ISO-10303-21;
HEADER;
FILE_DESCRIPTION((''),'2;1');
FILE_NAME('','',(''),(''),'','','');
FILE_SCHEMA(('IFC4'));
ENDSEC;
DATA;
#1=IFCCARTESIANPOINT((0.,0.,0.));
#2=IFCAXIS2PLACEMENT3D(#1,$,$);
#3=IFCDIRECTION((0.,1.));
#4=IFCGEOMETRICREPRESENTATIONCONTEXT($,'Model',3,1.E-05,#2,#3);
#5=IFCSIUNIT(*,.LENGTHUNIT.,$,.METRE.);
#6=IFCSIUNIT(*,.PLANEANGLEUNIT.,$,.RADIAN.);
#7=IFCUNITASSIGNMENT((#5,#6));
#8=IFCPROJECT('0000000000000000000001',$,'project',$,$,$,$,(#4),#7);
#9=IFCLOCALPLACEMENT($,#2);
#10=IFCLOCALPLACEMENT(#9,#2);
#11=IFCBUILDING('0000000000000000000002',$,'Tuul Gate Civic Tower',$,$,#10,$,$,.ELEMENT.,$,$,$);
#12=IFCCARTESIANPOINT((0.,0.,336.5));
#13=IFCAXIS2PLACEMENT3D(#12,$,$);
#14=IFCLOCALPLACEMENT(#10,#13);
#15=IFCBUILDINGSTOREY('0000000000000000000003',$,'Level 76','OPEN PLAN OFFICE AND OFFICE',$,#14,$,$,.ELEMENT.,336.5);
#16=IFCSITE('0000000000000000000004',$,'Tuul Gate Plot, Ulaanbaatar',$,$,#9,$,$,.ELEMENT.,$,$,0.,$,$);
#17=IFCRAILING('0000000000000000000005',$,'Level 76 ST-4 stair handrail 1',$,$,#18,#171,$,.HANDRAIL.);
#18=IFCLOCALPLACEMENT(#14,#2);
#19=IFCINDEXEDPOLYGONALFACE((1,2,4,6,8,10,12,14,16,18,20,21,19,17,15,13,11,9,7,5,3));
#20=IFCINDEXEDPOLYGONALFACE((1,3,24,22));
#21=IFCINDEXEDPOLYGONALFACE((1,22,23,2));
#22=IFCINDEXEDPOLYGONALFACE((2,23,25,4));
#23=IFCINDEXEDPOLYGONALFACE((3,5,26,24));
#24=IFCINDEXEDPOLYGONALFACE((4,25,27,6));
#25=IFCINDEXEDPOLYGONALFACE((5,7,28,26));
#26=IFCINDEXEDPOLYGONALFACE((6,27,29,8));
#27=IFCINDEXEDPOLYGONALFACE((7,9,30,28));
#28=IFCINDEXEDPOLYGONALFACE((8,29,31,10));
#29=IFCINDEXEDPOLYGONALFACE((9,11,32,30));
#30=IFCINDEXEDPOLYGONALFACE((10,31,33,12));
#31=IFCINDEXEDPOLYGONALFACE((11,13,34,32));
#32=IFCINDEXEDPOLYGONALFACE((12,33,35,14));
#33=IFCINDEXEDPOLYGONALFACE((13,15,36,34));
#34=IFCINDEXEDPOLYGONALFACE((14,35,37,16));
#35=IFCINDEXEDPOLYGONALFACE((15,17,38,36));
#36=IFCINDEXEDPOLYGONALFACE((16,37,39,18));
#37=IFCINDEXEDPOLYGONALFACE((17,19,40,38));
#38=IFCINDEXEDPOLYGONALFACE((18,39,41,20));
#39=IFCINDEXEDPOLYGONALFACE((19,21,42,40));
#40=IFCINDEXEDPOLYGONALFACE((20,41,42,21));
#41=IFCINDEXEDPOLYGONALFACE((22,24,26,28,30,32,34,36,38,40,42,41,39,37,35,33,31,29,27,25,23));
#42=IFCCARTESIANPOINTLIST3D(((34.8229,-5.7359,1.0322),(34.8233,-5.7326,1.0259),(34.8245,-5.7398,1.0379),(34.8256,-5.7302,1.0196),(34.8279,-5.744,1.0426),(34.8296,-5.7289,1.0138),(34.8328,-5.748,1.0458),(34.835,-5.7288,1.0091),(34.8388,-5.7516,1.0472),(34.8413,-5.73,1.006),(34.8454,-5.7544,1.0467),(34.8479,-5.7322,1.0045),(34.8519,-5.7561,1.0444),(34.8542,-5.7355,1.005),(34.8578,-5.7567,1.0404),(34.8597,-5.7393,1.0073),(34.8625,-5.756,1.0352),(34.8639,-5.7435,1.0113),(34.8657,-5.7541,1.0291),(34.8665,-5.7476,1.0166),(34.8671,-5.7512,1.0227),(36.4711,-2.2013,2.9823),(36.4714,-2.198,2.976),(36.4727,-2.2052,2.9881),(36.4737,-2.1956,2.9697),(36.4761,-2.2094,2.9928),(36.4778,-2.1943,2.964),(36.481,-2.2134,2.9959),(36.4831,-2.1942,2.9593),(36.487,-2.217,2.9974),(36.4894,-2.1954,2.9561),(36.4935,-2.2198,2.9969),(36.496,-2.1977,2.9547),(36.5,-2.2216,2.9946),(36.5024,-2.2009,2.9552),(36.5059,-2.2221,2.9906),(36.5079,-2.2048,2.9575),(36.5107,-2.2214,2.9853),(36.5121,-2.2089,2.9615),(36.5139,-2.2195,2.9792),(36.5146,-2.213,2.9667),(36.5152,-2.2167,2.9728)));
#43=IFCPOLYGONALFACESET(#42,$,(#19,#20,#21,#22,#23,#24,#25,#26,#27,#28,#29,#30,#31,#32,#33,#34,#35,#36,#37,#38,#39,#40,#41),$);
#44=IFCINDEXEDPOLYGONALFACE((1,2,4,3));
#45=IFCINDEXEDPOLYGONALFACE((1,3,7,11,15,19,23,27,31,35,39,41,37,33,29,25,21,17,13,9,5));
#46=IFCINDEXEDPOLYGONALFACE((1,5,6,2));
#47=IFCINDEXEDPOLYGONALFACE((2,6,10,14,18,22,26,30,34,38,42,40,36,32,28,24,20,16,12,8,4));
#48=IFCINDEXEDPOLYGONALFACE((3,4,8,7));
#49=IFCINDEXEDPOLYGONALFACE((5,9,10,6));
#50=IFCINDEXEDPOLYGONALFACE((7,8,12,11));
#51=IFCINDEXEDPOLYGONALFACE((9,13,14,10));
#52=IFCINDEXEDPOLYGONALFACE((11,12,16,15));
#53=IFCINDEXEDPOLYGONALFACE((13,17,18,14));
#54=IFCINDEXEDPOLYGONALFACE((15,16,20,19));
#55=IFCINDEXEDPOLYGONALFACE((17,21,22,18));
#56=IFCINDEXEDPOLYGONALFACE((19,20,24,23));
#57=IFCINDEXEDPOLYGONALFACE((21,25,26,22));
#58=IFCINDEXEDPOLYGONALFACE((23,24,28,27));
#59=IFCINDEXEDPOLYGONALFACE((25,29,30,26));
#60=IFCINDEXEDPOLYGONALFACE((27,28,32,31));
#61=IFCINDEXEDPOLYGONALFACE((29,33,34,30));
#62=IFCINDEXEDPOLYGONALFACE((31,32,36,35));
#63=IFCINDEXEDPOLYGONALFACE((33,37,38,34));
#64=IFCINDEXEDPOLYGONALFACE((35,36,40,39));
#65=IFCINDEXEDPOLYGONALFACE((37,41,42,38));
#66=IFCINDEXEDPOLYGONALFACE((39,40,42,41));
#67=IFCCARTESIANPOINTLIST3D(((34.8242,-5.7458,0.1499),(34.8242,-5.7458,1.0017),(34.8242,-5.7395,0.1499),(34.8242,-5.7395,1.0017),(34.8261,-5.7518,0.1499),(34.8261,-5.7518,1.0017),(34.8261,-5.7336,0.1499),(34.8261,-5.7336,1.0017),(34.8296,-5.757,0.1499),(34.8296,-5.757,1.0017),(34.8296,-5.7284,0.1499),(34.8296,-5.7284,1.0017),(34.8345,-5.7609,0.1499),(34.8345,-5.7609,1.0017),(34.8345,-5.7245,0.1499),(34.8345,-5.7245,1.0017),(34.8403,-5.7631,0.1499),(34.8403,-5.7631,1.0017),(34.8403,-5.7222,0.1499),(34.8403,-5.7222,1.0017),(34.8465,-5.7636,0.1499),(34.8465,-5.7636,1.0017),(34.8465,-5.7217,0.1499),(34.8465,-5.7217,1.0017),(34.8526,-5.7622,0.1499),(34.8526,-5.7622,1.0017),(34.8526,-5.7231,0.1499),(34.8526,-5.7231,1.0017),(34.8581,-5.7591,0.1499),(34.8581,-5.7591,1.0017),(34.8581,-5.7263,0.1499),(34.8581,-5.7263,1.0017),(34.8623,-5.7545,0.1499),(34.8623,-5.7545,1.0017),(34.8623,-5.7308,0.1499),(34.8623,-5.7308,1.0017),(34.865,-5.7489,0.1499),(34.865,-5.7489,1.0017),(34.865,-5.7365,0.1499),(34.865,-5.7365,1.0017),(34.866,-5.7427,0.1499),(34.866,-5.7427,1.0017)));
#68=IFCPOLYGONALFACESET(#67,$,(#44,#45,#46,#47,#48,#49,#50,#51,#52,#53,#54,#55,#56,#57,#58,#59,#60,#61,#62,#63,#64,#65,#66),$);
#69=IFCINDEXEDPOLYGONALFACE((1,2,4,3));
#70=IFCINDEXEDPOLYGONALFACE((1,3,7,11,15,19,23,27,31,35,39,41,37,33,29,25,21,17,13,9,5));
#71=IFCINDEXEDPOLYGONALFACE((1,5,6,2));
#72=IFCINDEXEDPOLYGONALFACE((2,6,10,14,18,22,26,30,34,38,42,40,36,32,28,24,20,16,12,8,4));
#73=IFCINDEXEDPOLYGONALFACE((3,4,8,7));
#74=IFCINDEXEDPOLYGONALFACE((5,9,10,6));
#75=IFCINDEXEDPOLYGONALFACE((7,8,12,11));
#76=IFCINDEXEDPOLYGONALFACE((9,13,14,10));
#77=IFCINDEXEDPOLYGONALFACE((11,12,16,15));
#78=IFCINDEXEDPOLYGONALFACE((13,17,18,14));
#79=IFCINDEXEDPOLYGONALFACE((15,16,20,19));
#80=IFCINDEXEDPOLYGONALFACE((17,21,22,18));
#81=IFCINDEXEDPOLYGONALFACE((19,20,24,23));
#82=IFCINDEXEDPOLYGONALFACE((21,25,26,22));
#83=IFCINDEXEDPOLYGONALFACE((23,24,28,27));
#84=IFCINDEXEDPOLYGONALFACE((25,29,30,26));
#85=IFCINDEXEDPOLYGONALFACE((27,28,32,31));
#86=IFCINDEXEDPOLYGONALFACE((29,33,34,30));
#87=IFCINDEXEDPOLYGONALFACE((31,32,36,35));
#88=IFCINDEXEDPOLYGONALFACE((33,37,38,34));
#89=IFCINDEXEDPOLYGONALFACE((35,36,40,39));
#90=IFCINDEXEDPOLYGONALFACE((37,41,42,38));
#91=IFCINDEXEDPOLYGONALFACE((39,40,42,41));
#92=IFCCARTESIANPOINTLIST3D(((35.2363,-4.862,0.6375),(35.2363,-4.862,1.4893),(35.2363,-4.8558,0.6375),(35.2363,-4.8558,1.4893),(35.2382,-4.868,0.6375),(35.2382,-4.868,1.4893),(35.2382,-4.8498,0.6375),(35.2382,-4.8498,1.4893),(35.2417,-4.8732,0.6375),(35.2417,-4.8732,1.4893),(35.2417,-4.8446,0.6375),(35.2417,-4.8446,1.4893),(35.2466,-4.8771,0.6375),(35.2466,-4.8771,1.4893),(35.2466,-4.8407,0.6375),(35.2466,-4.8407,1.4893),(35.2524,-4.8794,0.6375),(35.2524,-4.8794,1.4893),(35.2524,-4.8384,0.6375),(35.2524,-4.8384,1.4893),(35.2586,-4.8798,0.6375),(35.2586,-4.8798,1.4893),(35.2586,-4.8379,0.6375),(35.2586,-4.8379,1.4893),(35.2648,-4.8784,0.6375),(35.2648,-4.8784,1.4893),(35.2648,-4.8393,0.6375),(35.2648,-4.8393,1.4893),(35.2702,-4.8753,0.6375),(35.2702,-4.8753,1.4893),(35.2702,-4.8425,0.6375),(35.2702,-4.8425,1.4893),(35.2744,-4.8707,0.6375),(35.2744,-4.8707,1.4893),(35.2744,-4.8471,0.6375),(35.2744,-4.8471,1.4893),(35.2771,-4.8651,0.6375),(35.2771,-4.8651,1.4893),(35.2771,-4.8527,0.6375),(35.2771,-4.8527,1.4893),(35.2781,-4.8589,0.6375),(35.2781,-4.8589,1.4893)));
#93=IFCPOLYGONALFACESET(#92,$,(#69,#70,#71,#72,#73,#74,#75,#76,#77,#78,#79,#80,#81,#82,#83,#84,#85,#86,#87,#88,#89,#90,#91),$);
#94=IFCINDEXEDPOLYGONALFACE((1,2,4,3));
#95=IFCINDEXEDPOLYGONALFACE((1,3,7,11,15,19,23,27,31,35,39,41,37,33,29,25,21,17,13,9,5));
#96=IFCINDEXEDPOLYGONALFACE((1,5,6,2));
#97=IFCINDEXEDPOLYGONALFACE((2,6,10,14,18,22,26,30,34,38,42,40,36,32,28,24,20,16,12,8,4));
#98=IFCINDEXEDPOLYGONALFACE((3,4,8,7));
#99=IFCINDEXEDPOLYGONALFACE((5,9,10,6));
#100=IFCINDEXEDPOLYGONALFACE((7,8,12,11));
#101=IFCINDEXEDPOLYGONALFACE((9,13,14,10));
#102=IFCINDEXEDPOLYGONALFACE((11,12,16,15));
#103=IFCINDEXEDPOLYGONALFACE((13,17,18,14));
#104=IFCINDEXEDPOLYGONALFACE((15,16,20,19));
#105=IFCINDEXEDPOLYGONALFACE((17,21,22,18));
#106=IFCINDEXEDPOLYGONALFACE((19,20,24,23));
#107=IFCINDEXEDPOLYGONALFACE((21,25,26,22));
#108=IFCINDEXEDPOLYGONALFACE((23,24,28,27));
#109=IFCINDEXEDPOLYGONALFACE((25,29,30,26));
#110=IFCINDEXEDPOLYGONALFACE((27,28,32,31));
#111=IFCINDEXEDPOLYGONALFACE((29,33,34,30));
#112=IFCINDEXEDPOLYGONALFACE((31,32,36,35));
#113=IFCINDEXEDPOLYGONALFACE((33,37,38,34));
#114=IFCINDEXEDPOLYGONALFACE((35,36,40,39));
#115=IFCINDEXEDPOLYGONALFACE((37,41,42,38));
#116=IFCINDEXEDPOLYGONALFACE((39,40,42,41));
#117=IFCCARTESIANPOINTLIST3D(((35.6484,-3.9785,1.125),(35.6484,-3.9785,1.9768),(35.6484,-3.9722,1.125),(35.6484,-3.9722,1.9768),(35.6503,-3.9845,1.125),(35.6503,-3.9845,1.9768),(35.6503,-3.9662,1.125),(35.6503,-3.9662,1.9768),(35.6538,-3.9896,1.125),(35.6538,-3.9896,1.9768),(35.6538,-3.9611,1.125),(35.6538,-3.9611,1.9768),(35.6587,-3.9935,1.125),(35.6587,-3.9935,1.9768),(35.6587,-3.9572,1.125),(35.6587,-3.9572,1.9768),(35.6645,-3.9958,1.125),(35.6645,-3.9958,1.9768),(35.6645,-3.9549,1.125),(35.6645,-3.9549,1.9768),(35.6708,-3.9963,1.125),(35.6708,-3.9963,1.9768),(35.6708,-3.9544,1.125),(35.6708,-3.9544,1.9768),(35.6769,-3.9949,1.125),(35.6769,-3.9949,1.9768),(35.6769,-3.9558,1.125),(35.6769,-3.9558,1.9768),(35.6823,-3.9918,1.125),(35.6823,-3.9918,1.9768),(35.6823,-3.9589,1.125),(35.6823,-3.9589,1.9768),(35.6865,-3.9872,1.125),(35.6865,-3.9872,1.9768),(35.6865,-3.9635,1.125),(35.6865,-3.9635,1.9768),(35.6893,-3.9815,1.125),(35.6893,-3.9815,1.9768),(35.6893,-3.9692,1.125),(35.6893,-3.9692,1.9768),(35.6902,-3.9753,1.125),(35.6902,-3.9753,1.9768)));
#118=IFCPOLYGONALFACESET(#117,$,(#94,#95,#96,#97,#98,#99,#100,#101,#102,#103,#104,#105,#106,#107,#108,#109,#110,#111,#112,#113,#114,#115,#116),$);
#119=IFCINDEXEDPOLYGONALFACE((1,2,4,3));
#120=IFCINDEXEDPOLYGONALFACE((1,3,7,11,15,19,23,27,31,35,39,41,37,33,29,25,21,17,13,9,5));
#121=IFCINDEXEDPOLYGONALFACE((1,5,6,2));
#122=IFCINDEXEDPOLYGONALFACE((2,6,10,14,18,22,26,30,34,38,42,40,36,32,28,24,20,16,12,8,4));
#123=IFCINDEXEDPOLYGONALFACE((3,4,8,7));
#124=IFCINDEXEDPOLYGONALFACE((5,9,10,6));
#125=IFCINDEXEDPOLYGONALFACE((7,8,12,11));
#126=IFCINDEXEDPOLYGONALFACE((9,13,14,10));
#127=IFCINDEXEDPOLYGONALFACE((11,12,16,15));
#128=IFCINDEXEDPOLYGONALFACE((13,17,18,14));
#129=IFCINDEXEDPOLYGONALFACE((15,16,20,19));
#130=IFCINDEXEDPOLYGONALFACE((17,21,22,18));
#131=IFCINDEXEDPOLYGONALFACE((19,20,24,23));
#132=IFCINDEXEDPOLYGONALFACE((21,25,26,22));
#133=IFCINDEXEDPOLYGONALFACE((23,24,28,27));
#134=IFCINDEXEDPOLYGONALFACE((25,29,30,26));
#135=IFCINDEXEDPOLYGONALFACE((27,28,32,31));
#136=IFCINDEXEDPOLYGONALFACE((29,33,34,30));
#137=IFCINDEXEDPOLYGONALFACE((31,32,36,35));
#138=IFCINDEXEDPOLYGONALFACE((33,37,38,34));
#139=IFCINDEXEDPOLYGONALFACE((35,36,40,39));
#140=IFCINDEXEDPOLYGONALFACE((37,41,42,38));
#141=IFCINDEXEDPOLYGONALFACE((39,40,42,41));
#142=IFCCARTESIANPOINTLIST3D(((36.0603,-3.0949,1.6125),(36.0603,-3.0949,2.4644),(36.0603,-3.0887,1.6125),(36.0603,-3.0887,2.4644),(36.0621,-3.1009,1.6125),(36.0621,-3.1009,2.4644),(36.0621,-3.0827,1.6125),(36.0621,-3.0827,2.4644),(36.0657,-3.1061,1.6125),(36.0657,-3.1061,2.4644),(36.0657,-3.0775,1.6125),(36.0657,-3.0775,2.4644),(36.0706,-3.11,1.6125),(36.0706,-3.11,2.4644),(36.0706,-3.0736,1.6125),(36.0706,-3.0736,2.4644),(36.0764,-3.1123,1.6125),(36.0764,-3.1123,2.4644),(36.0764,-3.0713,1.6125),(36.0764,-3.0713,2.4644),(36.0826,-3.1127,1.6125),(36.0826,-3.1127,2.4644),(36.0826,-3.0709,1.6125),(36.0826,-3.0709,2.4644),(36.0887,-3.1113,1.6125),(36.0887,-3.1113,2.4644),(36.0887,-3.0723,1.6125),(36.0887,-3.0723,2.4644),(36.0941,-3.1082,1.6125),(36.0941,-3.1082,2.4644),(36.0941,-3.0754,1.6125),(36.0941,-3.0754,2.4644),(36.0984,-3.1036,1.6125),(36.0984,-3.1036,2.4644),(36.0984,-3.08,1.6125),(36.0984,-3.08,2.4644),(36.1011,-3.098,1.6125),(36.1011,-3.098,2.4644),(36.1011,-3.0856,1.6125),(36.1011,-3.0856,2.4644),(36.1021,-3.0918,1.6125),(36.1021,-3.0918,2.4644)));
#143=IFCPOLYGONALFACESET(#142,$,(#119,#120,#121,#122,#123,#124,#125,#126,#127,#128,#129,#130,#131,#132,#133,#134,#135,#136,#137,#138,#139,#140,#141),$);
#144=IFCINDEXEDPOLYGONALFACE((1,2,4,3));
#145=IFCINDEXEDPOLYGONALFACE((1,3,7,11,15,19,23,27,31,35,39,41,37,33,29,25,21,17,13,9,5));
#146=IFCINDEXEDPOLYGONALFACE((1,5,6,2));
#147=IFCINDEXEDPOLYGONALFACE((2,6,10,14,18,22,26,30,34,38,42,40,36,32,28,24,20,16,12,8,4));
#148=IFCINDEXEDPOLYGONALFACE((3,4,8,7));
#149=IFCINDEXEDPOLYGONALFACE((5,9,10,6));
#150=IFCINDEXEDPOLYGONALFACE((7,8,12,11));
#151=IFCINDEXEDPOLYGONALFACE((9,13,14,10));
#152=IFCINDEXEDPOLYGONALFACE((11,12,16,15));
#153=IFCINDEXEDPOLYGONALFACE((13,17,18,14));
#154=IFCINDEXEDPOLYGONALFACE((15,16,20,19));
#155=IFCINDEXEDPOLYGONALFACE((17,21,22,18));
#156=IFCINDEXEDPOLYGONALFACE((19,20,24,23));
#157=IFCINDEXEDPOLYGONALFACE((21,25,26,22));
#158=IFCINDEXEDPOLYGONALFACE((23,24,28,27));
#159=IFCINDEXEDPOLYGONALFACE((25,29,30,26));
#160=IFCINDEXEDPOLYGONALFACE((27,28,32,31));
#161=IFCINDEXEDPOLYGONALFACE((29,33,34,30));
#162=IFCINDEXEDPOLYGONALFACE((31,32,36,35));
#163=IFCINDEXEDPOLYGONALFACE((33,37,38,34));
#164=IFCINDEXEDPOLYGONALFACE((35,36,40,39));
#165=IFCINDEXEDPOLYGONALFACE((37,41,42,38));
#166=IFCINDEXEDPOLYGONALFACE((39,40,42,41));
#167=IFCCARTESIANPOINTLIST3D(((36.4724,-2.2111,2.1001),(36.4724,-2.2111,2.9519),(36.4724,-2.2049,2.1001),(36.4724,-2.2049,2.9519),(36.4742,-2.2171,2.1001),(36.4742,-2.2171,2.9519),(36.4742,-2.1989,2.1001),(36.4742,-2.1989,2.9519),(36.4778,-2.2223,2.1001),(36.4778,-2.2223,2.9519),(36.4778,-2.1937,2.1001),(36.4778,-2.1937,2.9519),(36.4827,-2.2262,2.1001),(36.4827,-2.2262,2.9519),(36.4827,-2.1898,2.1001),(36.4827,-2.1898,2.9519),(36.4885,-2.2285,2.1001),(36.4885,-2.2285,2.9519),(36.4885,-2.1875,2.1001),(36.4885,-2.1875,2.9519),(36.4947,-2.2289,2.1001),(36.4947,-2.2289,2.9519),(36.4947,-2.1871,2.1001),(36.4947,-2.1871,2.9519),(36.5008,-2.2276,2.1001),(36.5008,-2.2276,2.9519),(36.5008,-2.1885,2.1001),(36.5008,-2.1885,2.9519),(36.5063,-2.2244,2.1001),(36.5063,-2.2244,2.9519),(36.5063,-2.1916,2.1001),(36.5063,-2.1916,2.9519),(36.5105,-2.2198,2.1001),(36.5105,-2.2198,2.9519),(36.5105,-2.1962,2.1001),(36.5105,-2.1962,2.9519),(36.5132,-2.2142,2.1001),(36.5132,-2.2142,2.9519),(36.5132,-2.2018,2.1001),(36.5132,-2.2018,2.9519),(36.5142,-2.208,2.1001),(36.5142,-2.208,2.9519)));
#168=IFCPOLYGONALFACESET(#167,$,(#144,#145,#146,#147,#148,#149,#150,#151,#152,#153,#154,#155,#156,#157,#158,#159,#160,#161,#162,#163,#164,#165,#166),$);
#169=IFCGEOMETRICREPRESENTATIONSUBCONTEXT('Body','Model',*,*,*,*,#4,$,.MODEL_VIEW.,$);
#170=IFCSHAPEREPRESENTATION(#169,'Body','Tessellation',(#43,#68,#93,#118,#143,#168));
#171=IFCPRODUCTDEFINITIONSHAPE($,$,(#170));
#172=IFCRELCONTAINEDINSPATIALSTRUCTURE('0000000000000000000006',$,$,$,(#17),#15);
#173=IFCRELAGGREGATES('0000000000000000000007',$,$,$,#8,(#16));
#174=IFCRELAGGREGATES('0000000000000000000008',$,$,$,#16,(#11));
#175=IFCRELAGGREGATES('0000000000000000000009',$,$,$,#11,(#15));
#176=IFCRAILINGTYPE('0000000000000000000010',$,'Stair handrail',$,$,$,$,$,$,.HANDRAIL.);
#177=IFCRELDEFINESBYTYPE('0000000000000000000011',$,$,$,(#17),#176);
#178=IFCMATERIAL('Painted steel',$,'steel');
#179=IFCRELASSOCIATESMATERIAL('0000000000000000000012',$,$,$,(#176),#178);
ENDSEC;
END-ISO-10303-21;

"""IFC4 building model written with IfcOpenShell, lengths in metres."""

from ifc_helpers import new_model, si_unit, direction, frame, origin, origin_2d, place, context, subcontext, project, spatial, circle, extrude, material, type_object, element, save


model = new_model("IFC4")

# Units and contexts
model_context = context("Model", 3, precision=1e-05, world=origin(), true_north=direction((0.0, 1.0)))
body_context = subcontext(model_context, "Body", "Model", "MODEL_VIEW")
ifc_project = project(units=[si_unit("LENGTHUNIT", "METRE"), si_unit("PLANEANGLEUNIT", "RADIAN")], contexts=[model_context])

# Site, building, storey
site_placement = place(None, origin())
site = spatial("IfcSite", under=ifc_project, at=site_placement, Name="Tuul Gate Plot, Ulaanbaatar", CompositionType="ELEMENT", RefElevation=0.0)
building_placement = place(site_placement, origin())
building = spatial("IfcBuilding", under=site, at=building_placement, Name="Tuul Gate Civic Tower", CompositionType="ELEMENT")
storey_placement = place(building_placement, frame((0.0, 0.0, 336.5)))
storey = spatial("IfcBuildingStorey", under=building, at=storey_placement, Name="Level 76", Description="OPEN PLAN OFFICE AND OFFICE", CompositionType="ELEMENT", Elevation=336.5)

# Railing
ifc_material_1 = material(Name="Painted steel", Category="steel")
railing_type = type_object("IfcRailingType", Name="Stair handrail", PredefinedType="HANDRAIL", material=ifc_material_1)
railing_1_placement = place(storey_placement, frame((34.845, -5.7427, 0.1499)))
element("IfcRailing", 1, at=railing_1_placement, inside=storey, type_object=railing_type, Name="Level 76 ST-4 stair handrail 1", PredefinedType="HANDRAIL", context=body_context, shape_type="SweptSolid", body=[
    extrude(circle(Radius=0.0239, at=origin_2d()), frame((0.0, 0.0, 0.876), z_axis=(0.377985, 0.810617, 0.447245), x_axis=(-0.906313, 0.422608, 0.0)), (0.0, 0.0, 1.0), 4.3604),
    extrude(circle(Radius=0.021, at=origin_2d()), origin(), (0.0, 0.0, 1.0), 0.8518),
    extrude(circle(Radius=0.021, at=origin_2d()), frame((0.4121, 0.8838, 0.4875)), (0.0, 0.0, 1.0), 0.8518),
    extrude(circle(Radius=0.021, at=origin_2d()), frame((0.8242, 1.7673, 0.9751)), (0.0, 0.0, 1.0), 0.8518),
    extrude(circle(Radius=0.021, at=origin_2d()), frame((1.2361, 2.6509, 1.4626)), (0.0, 0.0, 1.0), 0.8518),
    extrude(circle(Radius=0.021, at=origin_2d()), frame((1.6482, 3.5347, 1.9502)), (0.0, 0.0, 1.0), 0.8518),
])

save(model, "model.ifc")
